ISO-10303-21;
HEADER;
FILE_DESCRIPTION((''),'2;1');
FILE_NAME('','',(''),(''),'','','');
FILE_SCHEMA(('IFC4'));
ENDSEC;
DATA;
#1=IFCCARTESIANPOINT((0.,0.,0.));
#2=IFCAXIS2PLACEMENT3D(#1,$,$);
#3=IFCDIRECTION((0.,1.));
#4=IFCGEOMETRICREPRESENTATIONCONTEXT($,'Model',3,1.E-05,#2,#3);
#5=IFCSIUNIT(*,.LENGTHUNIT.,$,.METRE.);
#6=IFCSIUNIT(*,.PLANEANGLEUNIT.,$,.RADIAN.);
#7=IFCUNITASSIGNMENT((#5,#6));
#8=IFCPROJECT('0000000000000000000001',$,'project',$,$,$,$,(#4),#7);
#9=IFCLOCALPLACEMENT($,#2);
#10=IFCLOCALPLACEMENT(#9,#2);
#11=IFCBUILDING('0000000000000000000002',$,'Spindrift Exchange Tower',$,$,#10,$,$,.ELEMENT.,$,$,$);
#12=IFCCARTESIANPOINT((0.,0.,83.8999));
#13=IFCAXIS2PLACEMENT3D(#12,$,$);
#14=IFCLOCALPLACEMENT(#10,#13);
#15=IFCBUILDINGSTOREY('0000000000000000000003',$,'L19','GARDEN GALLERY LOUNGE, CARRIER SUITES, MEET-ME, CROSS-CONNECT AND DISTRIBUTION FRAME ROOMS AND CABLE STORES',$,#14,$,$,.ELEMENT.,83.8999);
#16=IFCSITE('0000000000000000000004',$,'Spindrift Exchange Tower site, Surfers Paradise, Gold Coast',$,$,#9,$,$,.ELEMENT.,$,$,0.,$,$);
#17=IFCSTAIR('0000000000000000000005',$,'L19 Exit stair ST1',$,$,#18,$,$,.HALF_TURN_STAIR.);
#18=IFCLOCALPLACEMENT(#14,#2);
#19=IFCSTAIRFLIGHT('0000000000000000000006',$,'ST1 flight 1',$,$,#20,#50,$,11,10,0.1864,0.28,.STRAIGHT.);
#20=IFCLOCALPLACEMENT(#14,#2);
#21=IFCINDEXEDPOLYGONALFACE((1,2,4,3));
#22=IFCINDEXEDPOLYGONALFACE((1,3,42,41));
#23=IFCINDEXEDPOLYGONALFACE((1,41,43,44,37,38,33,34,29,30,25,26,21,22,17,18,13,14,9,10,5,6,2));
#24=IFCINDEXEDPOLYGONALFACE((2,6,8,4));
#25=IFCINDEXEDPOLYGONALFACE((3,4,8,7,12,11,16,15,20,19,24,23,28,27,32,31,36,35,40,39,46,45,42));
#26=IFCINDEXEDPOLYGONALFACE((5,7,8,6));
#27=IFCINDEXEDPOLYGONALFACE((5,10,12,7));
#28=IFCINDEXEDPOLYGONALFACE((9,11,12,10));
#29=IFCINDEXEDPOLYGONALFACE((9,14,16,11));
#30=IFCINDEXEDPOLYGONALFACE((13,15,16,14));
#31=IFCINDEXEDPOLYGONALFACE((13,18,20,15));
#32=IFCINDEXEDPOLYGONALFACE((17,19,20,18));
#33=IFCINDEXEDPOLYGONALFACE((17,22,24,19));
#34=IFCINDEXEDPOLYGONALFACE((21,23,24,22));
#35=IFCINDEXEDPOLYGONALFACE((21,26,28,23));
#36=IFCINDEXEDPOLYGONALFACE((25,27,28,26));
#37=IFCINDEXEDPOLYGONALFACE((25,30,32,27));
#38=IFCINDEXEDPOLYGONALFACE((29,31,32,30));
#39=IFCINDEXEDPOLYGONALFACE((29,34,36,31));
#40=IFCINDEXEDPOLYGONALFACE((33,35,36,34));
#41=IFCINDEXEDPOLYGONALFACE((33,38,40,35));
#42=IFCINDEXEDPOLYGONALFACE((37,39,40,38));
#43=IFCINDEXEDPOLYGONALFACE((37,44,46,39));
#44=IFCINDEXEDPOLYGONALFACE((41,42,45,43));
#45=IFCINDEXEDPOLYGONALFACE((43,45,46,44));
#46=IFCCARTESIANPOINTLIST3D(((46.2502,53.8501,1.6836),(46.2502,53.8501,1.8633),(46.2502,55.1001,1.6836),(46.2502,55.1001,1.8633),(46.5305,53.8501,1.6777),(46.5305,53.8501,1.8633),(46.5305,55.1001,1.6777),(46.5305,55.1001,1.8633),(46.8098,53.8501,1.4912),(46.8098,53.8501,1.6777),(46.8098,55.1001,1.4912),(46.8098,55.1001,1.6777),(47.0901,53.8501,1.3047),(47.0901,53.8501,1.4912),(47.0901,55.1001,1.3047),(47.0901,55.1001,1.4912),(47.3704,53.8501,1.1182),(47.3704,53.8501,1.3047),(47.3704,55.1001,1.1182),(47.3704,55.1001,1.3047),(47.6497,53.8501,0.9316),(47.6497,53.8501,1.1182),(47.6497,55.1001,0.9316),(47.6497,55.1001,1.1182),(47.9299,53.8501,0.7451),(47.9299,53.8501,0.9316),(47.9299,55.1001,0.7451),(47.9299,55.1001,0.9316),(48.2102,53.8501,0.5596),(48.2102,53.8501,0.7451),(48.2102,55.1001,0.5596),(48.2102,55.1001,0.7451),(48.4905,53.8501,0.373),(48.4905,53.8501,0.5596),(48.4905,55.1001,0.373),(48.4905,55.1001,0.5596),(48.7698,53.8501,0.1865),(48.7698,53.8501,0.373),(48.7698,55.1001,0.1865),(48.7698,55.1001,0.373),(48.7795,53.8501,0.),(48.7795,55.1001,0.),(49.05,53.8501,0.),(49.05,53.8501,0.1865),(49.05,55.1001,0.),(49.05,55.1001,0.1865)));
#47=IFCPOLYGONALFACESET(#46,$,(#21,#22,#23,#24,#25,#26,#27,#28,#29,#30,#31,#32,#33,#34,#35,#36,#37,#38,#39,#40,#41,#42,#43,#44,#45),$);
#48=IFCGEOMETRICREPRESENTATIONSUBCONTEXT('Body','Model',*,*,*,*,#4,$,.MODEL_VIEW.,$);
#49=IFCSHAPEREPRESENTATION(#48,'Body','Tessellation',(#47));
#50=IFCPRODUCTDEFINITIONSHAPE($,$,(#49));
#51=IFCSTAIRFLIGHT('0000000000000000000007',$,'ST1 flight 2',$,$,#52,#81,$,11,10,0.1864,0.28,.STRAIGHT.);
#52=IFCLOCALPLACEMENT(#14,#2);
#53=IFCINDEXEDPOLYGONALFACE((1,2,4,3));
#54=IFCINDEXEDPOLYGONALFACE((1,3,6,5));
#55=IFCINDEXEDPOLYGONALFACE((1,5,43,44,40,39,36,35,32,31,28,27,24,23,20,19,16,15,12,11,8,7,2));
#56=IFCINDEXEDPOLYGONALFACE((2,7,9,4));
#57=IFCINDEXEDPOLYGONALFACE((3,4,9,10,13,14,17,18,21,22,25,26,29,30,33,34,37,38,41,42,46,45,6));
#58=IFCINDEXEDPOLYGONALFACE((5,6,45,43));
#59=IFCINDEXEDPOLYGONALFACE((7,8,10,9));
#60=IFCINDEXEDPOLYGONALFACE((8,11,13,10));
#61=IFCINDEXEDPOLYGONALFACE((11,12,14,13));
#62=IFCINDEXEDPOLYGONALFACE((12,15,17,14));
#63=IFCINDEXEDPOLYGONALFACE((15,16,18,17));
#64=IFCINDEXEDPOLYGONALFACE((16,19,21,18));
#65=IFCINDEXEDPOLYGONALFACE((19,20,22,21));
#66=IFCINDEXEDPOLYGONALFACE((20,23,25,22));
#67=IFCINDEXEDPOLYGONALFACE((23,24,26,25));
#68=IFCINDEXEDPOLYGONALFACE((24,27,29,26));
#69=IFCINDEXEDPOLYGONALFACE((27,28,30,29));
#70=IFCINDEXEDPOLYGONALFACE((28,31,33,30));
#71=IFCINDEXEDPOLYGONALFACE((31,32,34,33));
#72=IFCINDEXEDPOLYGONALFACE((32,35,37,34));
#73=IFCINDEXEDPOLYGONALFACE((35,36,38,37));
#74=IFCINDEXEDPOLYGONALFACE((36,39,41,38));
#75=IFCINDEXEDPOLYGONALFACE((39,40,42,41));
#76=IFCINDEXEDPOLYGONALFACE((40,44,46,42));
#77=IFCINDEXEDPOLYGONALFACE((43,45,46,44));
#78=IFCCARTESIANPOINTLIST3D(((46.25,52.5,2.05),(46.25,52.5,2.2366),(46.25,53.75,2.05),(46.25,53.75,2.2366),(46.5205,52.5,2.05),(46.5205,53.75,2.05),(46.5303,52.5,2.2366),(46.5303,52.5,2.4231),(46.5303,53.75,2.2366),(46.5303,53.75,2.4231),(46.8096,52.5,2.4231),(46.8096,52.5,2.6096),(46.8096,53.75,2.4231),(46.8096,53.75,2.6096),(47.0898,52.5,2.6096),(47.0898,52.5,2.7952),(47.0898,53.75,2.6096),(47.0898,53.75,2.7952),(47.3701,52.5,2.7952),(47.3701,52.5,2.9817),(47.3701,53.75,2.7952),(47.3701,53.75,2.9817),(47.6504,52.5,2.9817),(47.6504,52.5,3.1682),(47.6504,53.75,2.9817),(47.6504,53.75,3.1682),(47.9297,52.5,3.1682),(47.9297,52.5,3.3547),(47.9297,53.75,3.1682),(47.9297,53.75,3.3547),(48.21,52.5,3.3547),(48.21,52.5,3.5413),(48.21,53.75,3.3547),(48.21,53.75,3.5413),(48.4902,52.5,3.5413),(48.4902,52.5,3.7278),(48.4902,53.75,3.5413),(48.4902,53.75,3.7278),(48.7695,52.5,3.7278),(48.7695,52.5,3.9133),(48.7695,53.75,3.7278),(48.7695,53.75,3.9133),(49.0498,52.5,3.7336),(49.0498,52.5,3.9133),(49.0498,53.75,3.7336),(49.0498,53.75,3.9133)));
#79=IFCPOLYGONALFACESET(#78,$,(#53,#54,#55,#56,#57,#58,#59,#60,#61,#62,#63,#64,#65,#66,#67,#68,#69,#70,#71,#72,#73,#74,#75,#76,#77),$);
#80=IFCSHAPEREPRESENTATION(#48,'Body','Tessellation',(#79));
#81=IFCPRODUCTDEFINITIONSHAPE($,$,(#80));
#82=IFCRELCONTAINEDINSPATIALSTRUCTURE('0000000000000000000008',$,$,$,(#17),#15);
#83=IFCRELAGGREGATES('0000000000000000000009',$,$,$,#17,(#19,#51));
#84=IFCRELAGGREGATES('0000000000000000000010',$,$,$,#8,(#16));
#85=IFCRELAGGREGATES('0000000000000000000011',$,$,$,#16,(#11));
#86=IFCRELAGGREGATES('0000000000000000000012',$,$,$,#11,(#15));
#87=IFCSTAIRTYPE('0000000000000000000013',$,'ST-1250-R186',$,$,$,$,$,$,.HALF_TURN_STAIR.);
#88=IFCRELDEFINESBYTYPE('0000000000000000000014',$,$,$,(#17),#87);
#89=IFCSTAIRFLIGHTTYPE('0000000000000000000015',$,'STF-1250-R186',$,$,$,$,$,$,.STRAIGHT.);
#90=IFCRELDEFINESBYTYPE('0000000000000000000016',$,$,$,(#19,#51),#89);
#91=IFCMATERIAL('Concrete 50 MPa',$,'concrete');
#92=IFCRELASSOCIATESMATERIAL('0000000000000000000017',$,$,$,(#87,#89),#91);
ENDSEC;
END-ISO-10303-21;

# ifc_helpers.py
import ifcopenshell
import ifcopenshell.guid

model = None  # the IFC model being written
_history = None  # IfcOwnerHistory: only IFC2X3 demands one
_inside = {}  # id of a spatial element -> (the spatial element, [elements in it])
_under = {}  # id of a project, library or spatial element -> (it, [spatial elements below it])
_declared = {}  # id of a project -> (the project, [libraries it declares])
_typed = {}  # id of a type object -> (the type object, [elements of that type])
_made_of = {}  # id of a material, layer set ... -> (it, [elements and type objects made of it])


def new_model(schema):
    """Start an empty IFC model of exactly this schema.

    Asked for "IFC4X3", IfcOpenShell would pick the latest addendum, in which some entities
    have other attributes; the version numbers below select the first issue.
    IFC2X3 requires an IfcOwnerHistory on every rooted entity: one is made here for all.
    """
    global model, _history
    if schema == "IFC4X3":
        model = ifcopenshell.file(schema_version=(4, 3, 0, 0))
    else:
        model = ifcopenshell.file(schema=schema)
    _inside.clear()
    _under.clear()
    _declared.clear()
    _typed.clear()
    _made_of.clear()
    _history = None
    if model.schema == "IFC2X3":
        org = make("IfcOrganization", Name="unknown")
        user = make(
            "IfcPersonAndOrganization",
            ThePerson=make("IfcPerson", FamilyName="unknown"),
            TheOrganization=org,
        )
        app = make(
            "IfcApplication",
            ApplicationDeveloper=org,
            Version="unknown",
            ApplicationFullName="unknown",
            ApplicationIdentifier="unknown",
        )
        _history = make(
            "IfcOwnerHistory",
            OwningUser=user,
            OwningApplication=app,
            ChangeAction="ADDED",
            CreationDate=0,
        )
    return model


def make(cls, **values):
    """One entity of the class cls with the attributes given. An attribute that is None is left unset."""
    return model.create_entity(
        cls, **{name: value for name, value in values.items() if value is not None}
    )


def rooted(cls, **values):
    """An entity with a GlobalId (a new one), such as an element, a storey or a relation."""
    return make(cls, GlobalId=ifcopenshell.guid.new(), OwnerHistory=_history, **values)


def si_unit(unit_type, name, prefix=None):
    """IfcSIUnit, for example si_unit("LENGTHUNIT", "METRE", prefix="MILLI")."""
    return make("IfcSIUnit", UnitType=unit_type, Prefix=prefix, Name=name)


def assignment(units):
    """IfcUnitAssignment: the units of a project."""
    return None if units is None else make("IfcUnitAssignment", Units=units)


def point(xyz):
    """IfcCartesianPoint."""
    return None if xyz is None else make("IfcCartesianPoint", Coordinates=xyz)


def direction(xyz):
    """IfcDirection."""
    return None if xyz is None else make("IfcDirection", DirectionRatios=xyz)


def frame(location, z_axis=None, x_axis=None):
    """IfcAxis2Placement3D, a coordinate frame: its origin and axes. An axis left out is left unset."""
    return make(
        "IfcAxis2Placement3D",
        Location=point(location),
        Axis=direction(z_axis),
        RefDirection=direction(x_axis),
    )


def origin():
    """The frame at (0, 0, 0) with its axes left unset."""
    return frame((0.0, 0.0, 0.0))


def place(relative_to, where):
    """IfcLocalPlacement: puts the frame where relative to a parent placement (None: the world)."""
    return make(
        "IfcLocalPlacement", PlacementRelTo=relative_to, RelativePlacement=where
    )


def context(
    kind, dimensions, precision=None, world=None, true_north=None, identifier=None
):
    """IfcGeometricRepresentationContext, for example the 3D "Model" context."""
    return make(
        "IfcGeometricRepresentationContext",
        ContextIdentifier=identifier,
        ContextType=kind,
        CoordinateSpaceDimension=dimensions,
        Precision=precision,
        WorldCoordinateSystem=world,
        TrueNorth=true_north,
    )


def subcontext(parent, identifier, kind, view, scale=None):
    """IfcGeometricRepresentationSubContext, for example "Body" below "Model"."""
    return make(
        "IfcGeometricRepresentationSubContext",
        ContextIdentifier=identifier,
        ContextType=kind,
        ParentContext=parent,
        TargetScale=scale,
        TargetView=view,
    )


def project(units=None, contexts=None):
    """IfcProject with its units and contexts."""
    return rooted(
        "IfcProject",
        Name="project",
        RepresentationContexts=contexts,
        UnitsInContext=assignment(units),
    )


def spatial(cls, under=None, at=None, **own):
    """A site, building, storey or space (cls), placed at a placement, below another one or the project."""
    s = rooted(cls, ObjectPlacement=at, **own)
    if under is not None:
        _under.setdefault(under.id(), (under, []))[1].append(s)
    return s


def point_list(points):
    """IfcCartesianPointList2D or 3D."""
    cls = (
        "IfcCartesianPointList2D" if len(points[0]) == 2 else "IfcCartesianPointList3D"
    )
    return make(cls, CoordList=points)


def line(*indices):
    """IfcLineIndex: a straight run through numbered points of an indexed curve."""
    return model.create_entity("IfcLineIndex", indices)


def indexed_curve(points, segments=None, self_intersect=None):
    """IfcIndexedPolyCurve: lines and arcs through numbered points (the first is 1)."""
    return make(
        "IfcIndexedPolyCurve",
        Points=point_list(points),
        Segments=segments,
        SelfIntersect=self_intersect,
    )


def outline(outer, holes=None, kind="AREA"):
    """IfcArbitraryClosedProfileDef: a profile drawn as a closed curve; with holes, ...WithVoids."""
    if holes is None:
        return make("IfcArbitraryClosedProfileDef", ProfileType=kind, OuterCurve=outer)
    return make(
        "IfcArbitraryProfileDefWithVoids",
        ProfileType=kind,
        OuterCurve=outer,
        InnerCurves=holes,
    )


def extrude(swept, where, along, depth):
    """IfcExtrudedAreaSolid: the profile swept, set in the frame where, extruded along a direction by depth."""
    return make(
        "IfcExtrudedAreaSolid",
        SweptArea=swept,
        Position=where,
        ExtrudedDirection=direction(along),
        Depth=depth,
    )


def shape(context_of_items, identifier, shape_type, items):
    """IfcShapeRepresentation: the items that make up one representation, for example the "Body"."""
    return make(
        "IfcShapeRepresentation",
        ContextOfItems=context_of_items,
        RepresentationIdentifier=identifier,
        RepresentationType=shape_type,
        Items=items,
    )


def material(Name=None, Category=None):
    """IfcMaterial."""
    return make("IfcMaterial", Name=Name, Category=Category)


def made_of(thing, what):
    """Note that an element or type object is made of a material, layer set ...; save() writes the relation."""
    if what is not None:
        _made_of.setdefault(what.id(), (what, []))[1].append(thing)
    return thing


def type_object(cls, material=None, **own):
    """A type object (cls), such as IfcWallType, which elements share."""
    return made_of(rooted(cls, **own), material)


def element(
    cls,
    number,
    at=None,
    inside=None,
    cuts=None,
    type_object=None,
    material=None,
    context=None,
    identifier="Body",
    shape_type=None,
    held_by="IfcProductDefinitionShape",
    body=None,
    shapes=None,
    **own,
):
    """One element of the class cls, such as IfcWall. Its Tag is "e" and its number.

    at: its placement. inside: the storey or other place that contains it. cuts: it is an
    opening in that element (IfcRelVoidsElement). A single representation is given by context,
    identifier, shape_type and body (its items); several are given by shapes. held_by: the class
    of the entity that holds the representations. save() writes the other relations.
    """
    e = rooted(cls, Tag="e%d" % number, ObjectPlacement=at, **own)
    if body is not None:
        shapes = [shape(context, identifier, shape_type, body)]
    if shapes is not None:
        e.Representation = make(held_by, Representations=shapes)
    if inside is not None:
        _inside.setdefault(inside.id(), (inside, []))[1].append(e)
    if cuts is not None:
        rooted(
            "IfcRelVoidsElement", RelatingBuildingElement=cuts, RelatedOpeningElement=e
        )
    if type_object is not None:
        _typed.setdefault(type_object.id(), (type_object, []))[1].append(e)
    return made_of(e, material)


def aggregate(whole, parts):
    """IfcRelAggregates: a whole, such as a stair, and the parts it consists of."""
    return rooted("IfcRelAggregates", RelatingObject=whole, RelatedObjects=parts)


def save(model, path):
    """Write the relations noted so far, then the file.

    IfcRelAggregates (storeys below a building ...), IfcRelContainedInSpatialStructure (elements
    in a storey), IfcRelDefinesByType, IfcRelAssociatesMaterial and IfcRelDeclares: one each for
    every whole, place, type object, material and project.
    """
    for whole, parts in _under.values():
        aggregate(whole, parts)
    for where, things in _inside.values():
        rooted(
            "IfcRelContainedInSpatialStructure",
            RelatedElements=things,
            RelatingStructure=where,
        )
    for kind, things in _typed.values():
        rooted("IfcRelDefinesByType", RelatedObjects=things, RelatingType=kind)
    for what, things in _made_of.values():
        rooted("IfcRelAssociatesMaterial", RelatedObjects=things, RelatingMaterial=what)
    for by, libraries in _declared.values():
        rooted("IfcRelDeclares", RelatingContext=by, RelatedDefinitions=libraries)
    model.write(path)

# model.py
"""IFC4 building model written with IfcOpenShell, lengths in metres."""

from ifc_helpers import new_model, si_unit, direction, frame, origin, place, context, subcontext, project, spatial, line, indexed_curve, outline, extrude, material, type_object, element, aggregate, save


model = new_model("IFC4")

# Units and contexts
model_context = context("Model", 3, precision=1e-05, world=origin(), true_north=direction((0.0, 1.0)))
body_context = subcontext(model_context, "Body", "Model", "MODEL_VIEW")
ifc_project = project(units=[si_unit("LENGTHUNIT", "METRE"), si_unit("PLANEANGLEUNIT", "RADIAN")], contexts=[model_context])

# Site, building, storey
site_placement = place(None, origin())
site = spatial("IfcSite", under=ifc_project, at=site_placement, Name="Spindrift Exchange Tower site, Surfers Paradise, Gold Coast", CompositionType="ELEMENT", RefElevation=0.0)
building_placement = place(site_placement, origin())
building = spatial("IfcBuilding", under=site, at=building_placement, Name="Spindrift Exchange Tower", CompositionType="ELEMENT")
storey_placement = place(building_placement, frame((0.0, 0.0, 83.8999)))
storey = spatial("IfcBuildingStorey", under=building, at=storey_placement, Name="L19", Description="GARDEN GALLERY LOUNGE, CARRIER SUITES, MEET-ME, CROSS-CONNECT AND DISTRIBUTION FRAME ROOMS AND CABLE STORES", CompositionType="ELEMENT", Elevation=83.8999)

# Stair, stair flights
ifc_material_1 = material(Name="Concrete 50 MPa", Category="concrete")
stair_type = type_object("IfcStairType", Name="ST-1250-R186", PredefinedType="HALF_TURN_STAIR", material=ifc_material_1)
stair_placement = place(storey_placement, origin())
stair = element("IfcStair", 1, at=stair_placement, inside=storey, type_object=stair_type, Name="L19 Exit stair ST1", PredefinedType="HALF_TURN_STAIR")
stair_flight_type = type_object("IfcStairFlightType", Name="STF-1250-R186", PredefinedType="STRAIGHT", material=ifc_material_1)
stair_flight_1_placement = place(storey_placement, frame((49.05, 54.4751, 0.0), z_axis=(0.0, 0.0, 1.0), x_axis=(-1.0, 0.0, 0.0)))
stair_flight_1 = element("IfcStairFlight", 2, at=stair_flight_1_placement, type_object=stair_flight_type, Name="ST1 flight 1", NumberOfRisers=11, NumberOfTreads=10, PredefinedType="STRAIGHT", RiserHeight=0.1864, TreadLength=0.28, context=body_context, shape_type="SweptSolid", body=[
    extrude(outline(indexed_curve([(0.0, 0.0), (0.0, 0.1865), (0.2803, 0.1865), (0.2803, 0.373), (0.5596, 0.373), (0.5596, 0.5596), (0.8398, 0.5596), (0.8398, 0.7451), (1.1201, 0.7451), (1.1201, 0.9316), (1.4004, 0.9316), (1.4004, 1.1182), (1.6797, 1.1182), (1.6797, 1.3047), (1.96, 1.3047), (1.96, 1.4912), (2.2402, 1.4912), (2.2402, 1.6777), (2.5195, 1.6777), (2.5195, 1.8633), (2.7998, 1.8633), (2.7998, 2.0498), (2.7998, 1.6836), (0.2705, 0.0)], segments=[line(1, 2, 3, 4, 5, 6, 7, 8, 9, 10, 11, 12, 13, 14, 15, 16, 17, 18, 19, 20, 21, 22, 23, 24, 1)], self_intersect=False)), frame((0.0, 0.625, 0.0), z_axis=(0.0, -1.0, 0.0), x_axis=(1.0, 0.0, 0.0)), (0.0, 0.0, 1.0), 1.25),
])
stair_flight_2_placement = place(storey_placement, frame((46.25, 53.125, 2.05), z_axis=(0.0, 0.0, 1.0), x_axis=(1.0, 0.0, 0.0)))
stair_flight_2 = element("IfcStairFlight", 3, at=stair_flight_2_placement, type_object=stair_flight_type, Name="ST1 flight 2", NumberOfRisers=11, NumberOfTreads=10, PredefinedType="STRAIGHT", RiserHeight=0.1864, TreadLength=0.28, context=body_context, shape_type="SweptSolid", body=[
    extrude(outline(indexed_curve([(0.0, 0.0), (0.0, 0.1865), (0.2803, 0.1865), (0.2803, 0.373), (0.5596, 0.373), (0.5596, 0.5596), (0.8398, 0.5596), (0.8398, 0.7451), (1.1201, 0.7451), (1.1201, 0.9316), (1.4004, 0.9316), (1.4004, 1.1182), (1.6797, 1.1182), (1.6797, 1.3047), (1.96, 1.3047), (1.96, 1.4912), (2.2402, 1.4912), (2.2402, 1.6777), (2.5195, 1.6777), (2.5195, 1.8633), (2.7998, 1.8633), (2.7998, 2.0498), (2.7998, 1.6836), (0.2705, 0.0)], segments=[line(1, 2, 3, 4, 5, 6, 7, 8, 9, 10, 11, 12, 13, 14, 15, 16, 17, 18, 19, 20, 21, 22, 23, 24, 1)], self_intersect=False)), frame((0.0, 0.625, 0.0), z_axis=(0.0, -1.0, 0.0), x_axis=(1.0, 0.0, 0.0)), (0.0, 0.0, 1.0), 1.25),
])
aggregate(stair, [stair_flight_1, stair_flight_2])

save(model, "model.ifc")
